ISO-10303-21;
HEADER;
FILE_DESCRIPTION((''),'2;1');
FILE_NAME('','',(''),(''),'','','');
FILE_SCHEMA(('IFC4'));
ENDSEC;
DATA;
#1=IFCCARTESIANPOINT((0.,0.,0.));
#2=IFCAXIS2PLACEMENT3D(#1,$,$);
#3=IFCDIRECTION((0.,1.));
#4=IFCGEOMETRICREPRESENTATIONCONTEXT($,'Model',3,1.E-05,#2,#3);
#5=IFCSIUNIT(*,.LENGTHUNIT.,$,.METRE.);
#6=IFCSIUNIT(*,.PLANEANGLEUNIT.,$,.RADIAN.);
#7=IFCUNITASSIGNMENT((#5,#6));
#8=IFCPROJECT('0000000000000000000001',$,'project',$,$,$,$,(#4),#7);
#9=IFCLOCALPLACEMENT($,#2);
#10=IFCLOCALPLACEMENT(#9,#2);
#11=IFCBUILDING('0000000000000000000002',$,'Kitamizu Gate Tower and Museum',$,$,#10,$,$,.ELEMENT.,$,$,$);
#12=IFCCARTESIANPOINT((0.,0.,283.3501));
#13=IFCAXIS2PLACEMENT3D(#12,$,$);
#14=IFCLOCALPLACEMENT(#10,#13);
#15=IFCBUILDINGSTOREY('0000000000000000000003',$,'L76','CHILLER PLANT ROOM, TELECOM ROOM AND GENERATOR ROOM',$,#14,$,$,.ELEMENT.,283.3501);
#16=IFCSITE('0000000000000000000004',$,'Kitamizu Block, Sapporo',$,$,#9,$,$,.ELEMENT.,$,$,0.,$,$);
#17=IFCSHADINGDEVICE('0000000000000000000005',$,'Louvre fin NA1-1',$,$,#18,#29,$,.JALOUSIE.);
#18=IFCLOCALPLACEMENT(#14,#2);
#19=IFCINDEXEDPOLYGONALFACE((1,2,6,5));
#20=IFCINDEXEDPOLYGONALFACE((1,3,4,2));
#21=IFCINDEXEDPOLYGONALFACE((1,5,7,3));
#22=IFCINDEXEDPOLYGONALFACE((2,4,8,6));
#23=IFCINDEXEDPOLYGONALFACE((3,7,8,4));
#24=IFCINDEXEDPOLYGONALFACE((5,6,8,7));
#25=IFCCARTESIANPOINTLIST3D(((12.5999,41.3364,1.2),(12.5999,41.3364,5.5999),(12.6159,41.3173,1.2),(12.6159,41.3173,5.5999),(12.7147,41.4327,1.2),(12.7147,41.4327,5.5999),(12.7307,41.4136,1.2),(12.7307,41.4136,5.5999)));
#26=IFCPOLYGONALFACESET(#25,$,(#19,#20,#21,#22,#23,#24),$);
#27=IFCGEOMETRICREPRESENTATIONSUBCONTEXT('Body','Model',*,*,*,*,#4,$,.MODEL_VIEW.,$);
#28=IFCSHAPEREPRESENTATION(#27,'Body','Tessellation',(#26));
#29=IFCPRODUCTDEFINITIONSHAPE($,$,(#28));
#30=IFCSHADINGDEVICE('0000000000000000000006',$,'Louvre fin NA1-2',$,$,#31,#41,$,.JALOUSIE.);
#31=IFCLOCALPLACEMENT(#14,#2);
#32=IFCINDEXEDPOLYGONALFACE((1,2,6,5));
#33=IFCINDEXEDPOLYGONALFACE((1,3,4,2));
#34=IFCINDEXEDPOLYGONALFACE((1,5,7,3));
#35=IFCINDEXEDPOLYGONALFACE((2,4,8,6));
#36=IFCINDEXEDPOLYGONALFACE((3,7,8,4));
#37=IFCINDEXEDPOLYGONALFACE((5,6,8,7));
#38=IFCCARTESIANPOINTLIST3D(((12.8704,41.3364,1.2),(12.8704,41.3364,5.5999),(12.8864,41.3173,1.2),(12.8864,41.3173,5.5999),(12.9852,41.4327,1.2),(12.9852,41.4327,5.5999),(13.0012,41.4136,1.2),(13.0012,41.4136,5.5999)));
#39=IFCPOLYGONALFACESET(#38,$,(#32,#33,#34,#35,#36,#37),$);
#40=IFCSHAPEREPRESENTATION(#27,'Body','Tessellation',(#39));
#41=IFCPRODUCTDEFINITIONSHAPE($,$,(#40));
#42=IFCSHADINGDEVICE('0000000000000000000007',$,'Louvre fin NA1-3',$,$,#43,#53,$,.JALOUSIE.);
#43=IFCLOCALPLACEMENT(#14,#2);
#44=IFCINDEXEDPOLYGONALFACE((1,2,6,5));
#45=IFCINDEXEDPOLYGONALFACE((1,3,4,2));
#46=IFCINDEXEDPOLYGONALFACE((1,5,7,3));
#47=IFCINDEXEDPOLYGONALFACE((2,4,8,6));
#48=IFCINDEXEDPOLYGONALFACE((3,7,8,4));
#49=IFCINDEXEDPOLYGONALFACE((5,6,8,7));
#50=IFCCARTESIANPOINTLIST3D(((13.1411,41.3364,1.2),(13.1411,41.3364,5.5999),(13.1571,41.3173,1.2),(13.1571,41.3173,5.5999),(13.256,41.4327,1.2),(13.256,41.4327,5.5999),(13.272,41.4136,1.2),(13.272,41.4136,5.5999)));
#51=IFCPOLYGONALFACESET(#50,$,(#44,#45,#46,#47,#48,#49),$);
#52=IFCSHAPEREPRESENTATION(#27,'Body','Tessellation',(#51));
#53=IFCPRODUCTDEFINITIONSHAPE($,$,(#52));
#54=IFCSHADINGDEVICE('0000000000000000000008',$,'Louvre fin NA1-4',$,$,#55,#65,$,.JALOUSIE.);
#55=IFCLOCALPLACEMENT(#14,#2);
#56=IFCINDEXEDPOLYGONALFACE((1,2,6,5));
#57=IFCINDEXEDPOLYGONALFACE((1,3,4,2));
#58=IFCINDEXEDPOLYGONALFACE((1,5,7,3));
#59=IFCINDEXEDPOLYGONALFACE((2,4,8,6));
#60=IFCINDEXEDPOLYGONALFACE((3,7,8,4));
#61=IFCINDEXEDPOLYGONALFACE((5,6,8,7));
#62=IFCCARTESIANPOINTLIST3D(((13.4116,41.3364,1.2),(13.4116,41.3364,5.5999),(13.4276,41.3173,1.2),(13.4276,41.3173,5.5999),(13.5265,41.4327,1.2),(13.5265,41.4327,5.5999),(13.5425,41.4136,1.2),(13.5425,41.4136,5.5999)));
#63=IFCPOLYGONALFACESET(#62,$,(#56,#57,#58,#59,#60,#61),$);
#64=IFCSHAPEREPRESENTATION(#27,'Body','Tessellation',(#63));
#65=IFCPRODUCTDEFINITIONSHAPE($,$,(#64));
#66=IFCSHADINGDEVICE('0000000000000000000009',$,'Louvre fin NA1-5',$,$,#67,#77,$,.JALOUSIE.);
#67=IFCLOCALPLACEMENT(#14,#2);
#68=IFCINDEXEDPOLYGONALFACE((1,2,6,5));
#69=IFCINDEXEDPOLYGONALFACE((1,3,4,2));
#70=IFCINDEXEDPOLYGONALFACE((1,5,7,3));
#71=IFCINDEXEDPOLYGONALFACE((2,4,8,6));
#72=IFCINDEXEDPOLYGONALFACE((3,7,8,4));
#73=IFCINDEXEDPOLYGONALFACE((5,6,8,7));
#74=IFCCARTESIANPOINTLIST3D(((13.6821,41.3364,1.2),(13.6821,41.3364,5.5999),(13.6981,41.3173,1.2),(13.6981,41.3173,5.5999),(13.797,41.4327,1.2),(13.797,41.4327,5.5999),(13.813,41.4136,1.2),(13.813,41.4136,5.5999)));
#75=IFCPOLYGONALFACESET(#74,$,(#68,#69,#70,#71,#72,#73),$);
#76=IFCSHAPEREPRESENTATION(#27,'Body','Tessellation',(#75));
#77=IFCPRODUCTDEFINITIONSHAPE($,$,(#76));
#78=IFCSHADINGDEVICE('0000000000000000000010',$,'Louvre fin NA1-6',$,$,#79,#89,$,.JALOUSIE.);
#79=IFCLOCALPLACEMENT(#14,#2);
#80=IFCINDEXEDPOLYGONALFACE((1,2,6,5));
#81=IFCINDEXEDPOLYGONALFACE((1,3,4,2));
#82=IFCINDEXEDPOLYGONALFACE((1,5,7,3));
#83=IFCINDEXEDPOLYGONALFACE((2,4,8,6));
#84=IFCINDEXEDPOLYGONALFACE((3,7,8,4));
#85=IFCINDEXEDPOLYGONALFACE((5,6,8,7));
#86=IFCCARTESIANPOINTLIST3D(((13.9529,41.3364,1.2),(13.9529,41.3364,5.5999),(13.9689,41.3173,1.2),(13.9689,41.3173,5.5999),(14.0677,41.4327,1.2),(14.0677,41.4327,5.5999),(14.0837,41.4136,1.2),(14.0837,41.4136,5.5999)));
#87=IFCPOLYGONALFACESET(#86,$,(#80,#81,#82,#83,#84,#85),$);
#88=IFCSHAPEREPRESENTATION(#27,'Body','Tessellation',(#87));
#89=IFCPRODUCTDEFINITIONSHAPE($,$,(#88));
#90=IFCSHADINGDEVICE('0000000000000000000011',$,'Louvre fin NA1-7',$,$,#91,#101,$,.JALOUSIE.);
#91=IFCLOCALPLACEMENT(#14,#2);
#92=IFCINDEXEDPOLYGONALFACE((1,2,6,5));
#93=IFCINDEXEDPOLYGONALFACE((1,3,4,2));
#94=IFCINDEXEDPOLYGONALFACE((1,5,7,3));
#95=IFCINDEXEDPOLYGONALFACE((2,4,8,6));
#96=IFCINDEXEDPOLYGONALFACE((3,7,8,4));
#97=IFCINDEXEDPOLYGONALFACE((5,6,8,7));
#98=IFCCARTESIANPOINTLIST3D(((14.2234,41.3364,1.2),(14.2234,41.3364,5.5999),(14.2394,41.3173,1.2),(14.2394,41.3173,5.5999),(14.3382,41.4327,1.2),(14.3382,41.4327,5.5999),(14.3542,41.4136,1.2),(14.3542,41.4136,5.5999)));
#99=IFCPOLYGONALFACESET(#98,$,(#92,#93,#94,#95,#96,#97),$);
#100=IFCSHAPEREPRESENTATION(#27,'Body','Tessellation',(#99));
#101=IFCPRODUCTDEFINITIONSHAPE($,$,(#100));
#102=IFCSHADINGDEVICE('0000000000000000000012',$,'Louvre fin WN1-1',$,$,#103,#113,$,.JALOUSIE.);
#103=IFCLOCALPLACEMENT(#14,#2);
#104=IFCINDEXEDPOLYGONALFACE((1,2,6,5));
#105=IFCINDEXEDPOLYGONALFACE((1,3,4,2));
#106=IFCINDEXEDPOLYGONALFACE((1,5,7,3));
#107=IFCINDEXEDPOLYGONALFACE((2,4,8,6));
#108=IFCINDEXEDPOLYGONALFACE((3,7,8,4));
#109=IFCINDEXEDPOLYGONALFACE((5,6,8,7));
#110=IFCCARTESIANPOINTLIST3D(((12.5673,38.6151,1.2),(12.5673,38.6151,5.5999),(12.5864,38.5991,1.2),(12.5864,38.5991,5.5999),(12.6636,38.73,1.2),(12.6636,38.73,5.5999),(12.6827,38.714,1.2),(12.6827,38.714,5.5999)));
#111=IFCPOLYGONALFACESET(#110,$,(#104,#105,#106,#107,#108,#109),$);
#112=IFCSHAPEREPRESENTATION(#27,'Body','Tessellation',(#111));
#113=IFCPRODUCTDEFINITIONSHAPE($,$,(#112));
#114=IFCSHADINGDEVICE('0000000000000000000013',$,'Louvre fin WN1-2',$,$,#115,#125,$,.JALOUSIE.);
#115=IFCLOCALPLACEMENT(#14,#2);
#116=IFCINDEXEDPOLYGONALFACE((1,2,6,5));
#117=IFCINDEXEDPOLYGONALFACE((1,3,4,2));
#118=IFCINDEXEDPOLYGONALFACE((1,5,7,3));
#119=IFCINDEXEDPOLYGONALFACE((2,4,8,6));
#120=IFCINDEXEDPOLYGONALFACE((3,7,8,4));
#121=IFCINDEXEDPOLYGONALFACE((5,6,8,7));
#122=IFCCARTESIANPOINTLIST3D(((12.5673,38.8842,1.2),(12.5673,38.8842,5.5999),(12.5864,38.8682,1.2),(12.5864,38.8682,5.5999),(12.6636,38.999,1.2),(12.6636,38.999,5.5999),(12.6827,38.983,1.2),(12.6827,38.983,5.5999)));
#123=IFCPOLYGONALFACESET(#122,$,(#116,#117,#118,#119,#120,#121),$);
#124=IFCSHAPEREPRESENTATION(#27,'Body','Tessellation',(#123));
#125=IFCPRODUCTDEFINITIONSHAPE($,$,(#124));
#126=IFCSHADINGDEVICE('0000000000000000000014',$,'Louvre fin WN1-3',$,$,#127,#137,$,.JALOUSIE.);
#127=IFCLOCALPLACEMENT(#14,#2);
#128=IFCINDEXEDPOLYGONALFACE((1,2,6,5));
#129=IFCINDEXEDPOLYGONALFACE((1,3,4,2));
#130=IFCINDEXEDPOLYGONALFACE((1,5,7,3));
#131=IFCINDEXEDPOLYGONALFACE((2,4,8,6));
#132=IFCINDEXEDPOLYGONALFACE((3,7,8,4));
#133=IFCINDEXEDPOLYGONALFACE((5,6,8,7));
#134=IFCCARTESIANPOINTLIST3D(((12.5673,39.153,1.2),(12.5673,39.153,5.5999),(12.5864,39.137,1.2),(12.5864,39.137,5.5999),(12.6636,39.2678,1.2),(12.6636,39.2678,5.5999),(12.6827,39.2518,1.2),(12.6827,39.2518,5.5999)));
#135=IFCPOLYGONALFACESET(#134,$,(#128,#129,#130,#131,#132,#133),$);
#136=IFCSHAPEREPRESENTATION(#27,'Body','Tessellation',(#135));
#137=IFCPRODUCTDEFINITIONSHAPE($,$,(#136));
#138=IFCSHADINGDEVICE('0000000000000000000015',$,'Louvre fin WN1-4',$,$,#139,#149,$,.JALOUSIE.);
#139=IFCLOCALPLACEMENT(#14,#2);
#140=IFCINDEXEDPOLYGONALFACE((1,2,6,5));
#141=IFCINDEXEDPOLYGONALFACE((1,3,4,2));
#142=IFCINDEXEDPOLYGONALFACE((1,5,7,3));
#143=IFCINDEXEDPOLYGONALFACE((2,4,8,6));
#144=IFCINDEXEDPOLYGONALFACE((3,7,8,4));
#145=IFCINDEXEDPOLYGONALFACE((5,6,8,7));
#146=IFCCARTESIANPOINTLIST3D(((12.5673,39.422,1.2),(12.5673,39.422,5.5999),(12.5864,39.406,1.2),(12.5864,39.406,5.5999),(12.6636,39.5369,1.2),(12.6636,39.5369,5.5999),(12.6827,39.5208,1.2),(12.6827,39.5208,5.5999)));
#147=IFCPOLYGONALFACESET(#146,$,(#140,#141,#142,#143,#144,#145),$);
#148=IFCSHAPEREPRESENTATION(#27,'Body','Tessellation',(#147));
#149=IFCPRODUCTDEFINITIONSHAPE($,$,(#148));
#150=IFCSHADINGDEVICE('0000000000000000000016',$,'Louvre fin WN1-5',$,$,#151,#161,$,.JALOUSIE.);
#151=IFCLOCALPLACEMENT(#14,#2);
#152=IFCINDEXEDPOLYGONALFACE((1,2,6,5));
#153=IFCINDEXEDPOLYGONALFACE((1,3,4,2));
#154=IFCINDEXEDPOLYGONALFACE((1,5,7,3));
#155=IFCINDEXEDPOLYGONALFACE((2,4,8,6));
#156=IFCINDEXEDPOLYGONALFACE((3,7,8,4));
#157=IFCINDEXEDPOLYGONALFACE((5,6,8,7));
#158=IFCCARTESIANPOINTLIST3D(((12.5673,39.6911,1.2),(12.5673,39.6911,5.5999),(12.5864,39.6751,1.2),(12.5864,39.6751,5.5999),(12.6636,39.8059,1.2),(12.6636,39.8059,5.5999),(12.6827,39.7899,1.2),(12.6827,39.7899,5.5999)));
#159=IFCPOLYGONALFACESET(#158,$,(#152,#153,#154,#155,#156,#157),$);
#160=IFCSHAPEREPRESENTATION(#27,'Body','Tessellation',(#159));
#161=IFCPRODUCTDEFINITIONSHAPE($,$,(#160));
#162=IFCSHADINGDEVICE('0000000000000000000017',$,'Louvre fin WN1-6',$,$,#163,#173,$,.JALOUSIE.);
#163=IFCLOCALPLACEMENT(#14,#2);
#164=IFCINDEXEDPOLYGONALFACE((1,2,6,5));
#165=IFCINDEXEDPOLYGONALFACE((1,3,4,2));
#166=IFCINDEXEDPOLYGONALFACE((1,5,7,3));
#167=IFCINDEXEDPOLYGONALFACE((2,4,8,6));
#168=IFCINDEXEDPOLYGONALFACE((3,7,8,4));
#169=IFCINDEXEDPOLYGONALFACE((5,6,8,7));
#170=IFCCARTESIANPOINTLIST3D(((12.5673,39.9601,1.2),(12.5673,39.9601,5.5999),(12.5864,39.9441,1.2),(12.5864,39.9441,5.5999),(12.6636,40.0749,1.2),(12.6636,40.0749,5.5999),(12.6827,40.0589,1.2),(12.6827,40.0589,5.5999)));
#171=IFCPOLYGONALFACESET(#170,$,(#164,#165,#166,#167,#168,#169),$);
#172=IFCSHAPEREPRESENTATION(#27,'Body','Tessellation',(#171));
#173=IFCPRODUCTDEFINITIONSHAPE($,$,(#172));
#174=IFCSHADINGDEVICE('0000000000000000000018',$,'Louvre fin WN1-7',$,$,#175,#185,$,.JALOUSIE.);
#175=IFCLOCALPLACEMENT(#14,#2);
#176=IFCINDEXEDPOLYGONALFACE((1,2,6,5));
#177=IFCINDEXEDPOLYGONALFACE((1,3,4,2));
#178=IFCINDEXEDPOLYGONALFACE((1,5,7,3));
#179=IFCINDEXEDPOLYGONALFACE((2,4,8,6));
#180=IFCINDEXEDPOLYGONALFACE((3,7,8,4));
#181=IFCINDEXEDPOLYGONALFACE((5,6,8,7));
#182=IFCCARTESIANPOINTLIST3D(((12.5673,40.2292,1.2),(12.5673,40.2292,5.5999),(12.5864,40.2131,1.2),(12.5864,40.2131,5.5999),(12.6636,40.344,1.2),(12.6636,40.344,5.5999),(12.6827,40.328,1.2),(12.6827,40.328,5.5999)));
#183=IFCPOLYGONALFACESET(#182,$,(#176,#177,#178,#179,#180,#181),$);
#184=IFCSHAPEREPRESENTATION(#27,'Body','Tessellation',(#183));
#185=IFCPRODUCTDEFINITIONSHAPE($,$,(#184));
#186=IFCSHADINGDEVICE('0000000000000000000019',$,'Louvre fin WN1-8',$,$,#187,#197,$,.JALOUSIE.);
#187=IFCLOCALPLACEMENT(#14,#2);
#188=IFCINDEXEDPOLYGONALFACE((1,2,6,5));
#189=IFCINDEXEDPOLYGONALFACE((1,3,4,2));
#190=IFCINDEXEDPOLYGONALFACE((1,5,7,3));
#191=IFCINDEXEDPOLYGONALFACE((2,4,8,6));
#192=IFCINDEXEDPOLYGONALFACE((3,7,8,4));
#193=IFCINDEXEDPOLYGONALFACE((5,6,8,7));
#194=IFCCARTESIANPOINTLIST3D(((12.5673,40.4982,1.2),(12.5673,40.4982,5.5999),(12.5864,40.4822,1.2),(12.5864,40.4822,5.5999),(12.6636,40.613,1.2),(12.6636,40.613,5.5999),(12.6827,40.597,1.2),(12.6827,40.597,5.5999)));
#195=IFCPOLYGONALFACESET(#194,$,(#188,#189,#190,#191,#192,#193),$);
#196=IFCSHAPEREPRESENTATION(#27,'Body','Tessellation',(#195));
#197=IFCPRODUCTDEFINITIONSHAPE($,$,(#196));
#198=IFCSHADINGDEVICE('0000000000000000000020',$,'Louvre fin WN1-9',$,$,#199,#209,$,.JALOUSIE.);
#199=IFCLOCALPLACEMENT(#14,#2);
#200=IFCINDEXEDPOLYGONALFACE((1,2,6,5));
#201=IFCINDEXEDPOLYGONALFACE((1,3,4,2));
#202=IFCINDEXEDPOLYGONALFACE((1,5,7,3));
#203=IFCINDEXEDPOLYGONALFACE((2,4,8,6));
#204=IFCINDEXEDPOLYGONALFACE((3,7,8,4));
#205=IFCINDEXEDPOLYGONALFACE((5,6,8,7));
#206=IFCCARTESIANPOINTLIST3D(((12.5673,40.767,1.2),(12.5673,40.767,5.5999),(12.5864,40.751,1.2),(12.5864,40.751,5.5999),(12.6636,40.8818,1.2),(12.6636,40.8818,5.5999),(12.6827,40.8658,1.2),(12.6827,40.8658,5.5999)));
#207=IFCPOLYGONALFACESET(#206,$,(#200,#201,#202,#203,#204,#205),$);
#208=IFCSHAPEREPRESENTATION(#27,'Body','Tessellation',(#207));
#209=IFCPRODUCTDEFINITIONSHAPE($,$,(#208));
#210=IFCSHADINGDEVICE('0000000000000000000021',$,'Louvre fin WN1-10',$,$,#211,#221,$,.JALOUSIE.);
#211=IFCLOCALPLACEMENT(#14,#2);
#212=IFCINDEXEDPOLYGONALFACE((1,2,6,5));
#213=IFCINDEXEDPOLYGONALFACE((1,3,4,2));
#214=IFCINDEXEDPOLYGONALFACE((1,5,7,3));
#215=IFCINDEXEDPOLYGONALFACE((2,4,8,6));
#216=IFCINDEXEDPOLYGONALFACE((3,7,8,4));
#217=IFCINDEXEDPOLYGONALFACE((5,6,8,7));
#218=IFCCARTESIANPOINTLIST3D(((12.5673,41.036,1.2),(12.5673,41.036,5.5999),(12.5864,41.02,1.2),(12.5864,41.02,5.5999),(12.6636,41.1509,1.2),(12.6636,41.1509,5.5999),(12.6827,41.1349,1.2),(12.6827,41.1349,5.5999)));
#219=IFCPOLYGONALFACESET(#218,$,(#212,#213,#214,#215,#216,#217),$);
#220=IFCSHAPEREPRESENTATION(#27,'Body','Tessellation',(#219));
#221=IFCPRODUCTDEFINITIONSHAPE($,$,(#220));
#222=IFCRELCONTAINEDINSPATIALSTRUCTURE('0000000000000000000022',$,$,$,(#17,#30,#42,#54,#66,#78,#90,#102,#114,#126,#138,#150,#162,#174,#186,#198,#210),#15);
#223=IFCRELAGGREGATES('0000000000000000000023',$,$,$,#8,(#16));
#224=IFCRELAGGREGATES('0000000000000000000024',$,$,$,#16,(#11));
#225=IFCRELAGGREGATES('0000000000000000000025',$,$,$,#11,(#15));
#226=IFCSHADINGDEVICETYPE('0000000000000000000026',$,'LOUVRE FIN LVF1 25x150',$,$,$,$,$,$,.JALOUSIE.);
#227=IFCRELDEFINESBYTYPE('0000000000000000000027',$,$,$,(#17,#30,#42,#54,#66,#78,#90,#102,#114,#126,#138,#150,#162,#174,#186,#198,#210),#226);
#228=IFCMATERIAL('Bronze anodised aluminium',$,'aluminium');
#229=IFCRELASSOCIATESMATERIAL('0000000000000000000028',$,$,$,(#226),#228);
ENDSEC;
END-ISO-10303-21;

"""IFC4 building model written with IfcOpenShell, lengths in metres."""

from ifc_helpers import new_model, si_unit, direction, frame, origin, origin_2d, place, context, subcontext, project, spatial, rectangle, extrude, material, material_profile, profile_set, type_object, element, save


model = new_model("IFC4")

# Units and contexts
model_context = context("Model", 3, precision=1e-05, world=origin(), true_north=direction((0.0, 1.0)))
body_context = subcontext(model_context, "Body", "Model", "MODEL_VIEW")
ifc_project = project(units=[si_unit("LENGTHUNIT", "METRE"), si_unit("PLANEANGLEUNIT", "RADIAN")], contexts=[model_context])

# Site, building, storey
site_placement = place(None, origin())
site = spatial("IfcSite", under=ifc_project, at=site_placement, Name="Kitamizu Block, Sapporo", CompositionType="ELEMENT", RefElevation=0.0)
building_placement = place(site_placement, origin())
building = spatial("IfcBuilding", under=site, at=building_placement, Name="Kitamizu Gate Tower and Museum", CompositionType="ELEMENT")
storey_placement = place(building_placement, frame((0.0, 0.0, 283.3501)))
storey = spatial("IfcBuildingStorey", under=building, at=storey_placement, Name="L76", Description="CHILLER PLANT ROOM, TELECOM ROOM AND GENERATOR ROOM", CompositionType="ELEMENT", Elevation=283.3501)

# Shading devices
ifc_material_1 = material(Name="Bronze anodised aluminium", Category="aluminium")
ifc_material_profile = material_profile(ifc_material_1, rectangle(XDim=0.1499, YDim=0.0249, at=origin_2d()), Name="AL 25x150")
ifc_profile_set = profile_set([ifc_material_profile], Name="Bronze anodised aluminium")
shading_device_type = type_object("IfcShadingDeviceType", Name="LOUVRE FIN LVF1 25x150", PredefinedType="JALOUSIE", material=ifc_profile_set)
for number, where, z_axis, x_axis, name in (
    (1, (12.6653, 41.375, 1.2), (0.0, 0.0, 1.0), (0.766044, 0.642788, 0.0), "Louvre fin NA1-1"),
    (2, (12.9358, 41.375, 1.2), (0.0, 0.0, 1.0), (0.766044, 0.642788, 0.0), "Louvre fin NA1-2"),
    (3, (13.2065, 41.375, 1.2), (0.0, 0.0, 1.0), (0.766044, 0.642788, 0.0), "Louvre fin NA1-3"),
    (4, (13.4771, 41.375, 1.2), (0.0, 0.0, 1.0), (0.766044, 0.642788, 0.0), "Louvre fin NA1-4"),
    (5, (13.7476, 41.375, 1.2), (0.0, 0.0, 1.0), (0.766044, 0.642788, 0.0), "Louvre fin NA1-5"),
    (6, (14.0183, 41.375, 1.2), (0.0, 0.0, 1.0), (0.766044, 0.642788, 0.0), "Louvre fin NA1-6"),
    (7, (14.2888, 41.375, 1.2), (0.0, 0.0, 1.0), (0.766044, 0.642788, 0.0), "Louvre fin NA1-7"),
    (8, (12.625, 38.6646, 1.2), (0.0, 0.0, 1.0), (0.642788, 0.766044, 0.0), "Louvre fin WN1-1"),
    (9, (12.625, 38.9336, 1.2), (0.0, 0.0, 1.0), (0.642788, 0.766044, 0.0), "Louvre fin WN1-2"),
    (10, (12.625, 39.2024, 1.2), (0.0, 0.0, 1.0), (0.642788, 0.766044, 0.0), "Louvre fin WN1-3"),
    (11, (12.625, 39.4714, 1.2), (0.0, 0.0, 1.0), (0.642788, 0.766044, 0.0), "Louvre fin WN1-4"),
    (12, (12.625, 39.7405, 1.2), (0.0, 0.0, 1.0), (0.642788, 0.766044, 0.0), "Louvre fin WN1-5"),
    (13, (12.625, 40.0095, 1.2), (0.0, 0.0, 1.0), (0.642788, 0.766044, 0.0), "Louvre fin WN1-6"),
    (14, (12.625, 40.2786, 1.2), (0.0, 0.0, 1.0), (0.642788, 0.766044, 0.0), "Louvre fin WN1-7"),
    (15, (12.625, 40.5476, 1.2), (0.0, 0.0, 1.0), (0.642788, 0.766044, 0.0), "Louvre fin WN1-8"),
    (16, (12.625, 40.8164, 1.2), (0.0, 0.0, 1.0), (0.642788, 0.766044, 0.0), "Louvre fin WN1-9"),
    (17, (12.625, 41.0854, 1.2), (0.0, 0.0, 1.0), (0.642788, 0.766044, 0.0), "Louvre fin WN1-10"),
):
    element("IfcShadingDevice", number, at=place(storey_placement, frame(where, z_axis=z_axis, x_axis=x_axis)), inside=storey, type_object=shading_device_type, Name=name, PredefinedType="JALOUSIE", context=body_context, shape_type="SweptSolid", body=[
        extrude(rectangle(XDim=0.1499, YDim=0.0249, at=origin_2d()), origin(), (0.0, 0.0, 1.0), 4.3999),
    ])

save(model, "model.ifc")
